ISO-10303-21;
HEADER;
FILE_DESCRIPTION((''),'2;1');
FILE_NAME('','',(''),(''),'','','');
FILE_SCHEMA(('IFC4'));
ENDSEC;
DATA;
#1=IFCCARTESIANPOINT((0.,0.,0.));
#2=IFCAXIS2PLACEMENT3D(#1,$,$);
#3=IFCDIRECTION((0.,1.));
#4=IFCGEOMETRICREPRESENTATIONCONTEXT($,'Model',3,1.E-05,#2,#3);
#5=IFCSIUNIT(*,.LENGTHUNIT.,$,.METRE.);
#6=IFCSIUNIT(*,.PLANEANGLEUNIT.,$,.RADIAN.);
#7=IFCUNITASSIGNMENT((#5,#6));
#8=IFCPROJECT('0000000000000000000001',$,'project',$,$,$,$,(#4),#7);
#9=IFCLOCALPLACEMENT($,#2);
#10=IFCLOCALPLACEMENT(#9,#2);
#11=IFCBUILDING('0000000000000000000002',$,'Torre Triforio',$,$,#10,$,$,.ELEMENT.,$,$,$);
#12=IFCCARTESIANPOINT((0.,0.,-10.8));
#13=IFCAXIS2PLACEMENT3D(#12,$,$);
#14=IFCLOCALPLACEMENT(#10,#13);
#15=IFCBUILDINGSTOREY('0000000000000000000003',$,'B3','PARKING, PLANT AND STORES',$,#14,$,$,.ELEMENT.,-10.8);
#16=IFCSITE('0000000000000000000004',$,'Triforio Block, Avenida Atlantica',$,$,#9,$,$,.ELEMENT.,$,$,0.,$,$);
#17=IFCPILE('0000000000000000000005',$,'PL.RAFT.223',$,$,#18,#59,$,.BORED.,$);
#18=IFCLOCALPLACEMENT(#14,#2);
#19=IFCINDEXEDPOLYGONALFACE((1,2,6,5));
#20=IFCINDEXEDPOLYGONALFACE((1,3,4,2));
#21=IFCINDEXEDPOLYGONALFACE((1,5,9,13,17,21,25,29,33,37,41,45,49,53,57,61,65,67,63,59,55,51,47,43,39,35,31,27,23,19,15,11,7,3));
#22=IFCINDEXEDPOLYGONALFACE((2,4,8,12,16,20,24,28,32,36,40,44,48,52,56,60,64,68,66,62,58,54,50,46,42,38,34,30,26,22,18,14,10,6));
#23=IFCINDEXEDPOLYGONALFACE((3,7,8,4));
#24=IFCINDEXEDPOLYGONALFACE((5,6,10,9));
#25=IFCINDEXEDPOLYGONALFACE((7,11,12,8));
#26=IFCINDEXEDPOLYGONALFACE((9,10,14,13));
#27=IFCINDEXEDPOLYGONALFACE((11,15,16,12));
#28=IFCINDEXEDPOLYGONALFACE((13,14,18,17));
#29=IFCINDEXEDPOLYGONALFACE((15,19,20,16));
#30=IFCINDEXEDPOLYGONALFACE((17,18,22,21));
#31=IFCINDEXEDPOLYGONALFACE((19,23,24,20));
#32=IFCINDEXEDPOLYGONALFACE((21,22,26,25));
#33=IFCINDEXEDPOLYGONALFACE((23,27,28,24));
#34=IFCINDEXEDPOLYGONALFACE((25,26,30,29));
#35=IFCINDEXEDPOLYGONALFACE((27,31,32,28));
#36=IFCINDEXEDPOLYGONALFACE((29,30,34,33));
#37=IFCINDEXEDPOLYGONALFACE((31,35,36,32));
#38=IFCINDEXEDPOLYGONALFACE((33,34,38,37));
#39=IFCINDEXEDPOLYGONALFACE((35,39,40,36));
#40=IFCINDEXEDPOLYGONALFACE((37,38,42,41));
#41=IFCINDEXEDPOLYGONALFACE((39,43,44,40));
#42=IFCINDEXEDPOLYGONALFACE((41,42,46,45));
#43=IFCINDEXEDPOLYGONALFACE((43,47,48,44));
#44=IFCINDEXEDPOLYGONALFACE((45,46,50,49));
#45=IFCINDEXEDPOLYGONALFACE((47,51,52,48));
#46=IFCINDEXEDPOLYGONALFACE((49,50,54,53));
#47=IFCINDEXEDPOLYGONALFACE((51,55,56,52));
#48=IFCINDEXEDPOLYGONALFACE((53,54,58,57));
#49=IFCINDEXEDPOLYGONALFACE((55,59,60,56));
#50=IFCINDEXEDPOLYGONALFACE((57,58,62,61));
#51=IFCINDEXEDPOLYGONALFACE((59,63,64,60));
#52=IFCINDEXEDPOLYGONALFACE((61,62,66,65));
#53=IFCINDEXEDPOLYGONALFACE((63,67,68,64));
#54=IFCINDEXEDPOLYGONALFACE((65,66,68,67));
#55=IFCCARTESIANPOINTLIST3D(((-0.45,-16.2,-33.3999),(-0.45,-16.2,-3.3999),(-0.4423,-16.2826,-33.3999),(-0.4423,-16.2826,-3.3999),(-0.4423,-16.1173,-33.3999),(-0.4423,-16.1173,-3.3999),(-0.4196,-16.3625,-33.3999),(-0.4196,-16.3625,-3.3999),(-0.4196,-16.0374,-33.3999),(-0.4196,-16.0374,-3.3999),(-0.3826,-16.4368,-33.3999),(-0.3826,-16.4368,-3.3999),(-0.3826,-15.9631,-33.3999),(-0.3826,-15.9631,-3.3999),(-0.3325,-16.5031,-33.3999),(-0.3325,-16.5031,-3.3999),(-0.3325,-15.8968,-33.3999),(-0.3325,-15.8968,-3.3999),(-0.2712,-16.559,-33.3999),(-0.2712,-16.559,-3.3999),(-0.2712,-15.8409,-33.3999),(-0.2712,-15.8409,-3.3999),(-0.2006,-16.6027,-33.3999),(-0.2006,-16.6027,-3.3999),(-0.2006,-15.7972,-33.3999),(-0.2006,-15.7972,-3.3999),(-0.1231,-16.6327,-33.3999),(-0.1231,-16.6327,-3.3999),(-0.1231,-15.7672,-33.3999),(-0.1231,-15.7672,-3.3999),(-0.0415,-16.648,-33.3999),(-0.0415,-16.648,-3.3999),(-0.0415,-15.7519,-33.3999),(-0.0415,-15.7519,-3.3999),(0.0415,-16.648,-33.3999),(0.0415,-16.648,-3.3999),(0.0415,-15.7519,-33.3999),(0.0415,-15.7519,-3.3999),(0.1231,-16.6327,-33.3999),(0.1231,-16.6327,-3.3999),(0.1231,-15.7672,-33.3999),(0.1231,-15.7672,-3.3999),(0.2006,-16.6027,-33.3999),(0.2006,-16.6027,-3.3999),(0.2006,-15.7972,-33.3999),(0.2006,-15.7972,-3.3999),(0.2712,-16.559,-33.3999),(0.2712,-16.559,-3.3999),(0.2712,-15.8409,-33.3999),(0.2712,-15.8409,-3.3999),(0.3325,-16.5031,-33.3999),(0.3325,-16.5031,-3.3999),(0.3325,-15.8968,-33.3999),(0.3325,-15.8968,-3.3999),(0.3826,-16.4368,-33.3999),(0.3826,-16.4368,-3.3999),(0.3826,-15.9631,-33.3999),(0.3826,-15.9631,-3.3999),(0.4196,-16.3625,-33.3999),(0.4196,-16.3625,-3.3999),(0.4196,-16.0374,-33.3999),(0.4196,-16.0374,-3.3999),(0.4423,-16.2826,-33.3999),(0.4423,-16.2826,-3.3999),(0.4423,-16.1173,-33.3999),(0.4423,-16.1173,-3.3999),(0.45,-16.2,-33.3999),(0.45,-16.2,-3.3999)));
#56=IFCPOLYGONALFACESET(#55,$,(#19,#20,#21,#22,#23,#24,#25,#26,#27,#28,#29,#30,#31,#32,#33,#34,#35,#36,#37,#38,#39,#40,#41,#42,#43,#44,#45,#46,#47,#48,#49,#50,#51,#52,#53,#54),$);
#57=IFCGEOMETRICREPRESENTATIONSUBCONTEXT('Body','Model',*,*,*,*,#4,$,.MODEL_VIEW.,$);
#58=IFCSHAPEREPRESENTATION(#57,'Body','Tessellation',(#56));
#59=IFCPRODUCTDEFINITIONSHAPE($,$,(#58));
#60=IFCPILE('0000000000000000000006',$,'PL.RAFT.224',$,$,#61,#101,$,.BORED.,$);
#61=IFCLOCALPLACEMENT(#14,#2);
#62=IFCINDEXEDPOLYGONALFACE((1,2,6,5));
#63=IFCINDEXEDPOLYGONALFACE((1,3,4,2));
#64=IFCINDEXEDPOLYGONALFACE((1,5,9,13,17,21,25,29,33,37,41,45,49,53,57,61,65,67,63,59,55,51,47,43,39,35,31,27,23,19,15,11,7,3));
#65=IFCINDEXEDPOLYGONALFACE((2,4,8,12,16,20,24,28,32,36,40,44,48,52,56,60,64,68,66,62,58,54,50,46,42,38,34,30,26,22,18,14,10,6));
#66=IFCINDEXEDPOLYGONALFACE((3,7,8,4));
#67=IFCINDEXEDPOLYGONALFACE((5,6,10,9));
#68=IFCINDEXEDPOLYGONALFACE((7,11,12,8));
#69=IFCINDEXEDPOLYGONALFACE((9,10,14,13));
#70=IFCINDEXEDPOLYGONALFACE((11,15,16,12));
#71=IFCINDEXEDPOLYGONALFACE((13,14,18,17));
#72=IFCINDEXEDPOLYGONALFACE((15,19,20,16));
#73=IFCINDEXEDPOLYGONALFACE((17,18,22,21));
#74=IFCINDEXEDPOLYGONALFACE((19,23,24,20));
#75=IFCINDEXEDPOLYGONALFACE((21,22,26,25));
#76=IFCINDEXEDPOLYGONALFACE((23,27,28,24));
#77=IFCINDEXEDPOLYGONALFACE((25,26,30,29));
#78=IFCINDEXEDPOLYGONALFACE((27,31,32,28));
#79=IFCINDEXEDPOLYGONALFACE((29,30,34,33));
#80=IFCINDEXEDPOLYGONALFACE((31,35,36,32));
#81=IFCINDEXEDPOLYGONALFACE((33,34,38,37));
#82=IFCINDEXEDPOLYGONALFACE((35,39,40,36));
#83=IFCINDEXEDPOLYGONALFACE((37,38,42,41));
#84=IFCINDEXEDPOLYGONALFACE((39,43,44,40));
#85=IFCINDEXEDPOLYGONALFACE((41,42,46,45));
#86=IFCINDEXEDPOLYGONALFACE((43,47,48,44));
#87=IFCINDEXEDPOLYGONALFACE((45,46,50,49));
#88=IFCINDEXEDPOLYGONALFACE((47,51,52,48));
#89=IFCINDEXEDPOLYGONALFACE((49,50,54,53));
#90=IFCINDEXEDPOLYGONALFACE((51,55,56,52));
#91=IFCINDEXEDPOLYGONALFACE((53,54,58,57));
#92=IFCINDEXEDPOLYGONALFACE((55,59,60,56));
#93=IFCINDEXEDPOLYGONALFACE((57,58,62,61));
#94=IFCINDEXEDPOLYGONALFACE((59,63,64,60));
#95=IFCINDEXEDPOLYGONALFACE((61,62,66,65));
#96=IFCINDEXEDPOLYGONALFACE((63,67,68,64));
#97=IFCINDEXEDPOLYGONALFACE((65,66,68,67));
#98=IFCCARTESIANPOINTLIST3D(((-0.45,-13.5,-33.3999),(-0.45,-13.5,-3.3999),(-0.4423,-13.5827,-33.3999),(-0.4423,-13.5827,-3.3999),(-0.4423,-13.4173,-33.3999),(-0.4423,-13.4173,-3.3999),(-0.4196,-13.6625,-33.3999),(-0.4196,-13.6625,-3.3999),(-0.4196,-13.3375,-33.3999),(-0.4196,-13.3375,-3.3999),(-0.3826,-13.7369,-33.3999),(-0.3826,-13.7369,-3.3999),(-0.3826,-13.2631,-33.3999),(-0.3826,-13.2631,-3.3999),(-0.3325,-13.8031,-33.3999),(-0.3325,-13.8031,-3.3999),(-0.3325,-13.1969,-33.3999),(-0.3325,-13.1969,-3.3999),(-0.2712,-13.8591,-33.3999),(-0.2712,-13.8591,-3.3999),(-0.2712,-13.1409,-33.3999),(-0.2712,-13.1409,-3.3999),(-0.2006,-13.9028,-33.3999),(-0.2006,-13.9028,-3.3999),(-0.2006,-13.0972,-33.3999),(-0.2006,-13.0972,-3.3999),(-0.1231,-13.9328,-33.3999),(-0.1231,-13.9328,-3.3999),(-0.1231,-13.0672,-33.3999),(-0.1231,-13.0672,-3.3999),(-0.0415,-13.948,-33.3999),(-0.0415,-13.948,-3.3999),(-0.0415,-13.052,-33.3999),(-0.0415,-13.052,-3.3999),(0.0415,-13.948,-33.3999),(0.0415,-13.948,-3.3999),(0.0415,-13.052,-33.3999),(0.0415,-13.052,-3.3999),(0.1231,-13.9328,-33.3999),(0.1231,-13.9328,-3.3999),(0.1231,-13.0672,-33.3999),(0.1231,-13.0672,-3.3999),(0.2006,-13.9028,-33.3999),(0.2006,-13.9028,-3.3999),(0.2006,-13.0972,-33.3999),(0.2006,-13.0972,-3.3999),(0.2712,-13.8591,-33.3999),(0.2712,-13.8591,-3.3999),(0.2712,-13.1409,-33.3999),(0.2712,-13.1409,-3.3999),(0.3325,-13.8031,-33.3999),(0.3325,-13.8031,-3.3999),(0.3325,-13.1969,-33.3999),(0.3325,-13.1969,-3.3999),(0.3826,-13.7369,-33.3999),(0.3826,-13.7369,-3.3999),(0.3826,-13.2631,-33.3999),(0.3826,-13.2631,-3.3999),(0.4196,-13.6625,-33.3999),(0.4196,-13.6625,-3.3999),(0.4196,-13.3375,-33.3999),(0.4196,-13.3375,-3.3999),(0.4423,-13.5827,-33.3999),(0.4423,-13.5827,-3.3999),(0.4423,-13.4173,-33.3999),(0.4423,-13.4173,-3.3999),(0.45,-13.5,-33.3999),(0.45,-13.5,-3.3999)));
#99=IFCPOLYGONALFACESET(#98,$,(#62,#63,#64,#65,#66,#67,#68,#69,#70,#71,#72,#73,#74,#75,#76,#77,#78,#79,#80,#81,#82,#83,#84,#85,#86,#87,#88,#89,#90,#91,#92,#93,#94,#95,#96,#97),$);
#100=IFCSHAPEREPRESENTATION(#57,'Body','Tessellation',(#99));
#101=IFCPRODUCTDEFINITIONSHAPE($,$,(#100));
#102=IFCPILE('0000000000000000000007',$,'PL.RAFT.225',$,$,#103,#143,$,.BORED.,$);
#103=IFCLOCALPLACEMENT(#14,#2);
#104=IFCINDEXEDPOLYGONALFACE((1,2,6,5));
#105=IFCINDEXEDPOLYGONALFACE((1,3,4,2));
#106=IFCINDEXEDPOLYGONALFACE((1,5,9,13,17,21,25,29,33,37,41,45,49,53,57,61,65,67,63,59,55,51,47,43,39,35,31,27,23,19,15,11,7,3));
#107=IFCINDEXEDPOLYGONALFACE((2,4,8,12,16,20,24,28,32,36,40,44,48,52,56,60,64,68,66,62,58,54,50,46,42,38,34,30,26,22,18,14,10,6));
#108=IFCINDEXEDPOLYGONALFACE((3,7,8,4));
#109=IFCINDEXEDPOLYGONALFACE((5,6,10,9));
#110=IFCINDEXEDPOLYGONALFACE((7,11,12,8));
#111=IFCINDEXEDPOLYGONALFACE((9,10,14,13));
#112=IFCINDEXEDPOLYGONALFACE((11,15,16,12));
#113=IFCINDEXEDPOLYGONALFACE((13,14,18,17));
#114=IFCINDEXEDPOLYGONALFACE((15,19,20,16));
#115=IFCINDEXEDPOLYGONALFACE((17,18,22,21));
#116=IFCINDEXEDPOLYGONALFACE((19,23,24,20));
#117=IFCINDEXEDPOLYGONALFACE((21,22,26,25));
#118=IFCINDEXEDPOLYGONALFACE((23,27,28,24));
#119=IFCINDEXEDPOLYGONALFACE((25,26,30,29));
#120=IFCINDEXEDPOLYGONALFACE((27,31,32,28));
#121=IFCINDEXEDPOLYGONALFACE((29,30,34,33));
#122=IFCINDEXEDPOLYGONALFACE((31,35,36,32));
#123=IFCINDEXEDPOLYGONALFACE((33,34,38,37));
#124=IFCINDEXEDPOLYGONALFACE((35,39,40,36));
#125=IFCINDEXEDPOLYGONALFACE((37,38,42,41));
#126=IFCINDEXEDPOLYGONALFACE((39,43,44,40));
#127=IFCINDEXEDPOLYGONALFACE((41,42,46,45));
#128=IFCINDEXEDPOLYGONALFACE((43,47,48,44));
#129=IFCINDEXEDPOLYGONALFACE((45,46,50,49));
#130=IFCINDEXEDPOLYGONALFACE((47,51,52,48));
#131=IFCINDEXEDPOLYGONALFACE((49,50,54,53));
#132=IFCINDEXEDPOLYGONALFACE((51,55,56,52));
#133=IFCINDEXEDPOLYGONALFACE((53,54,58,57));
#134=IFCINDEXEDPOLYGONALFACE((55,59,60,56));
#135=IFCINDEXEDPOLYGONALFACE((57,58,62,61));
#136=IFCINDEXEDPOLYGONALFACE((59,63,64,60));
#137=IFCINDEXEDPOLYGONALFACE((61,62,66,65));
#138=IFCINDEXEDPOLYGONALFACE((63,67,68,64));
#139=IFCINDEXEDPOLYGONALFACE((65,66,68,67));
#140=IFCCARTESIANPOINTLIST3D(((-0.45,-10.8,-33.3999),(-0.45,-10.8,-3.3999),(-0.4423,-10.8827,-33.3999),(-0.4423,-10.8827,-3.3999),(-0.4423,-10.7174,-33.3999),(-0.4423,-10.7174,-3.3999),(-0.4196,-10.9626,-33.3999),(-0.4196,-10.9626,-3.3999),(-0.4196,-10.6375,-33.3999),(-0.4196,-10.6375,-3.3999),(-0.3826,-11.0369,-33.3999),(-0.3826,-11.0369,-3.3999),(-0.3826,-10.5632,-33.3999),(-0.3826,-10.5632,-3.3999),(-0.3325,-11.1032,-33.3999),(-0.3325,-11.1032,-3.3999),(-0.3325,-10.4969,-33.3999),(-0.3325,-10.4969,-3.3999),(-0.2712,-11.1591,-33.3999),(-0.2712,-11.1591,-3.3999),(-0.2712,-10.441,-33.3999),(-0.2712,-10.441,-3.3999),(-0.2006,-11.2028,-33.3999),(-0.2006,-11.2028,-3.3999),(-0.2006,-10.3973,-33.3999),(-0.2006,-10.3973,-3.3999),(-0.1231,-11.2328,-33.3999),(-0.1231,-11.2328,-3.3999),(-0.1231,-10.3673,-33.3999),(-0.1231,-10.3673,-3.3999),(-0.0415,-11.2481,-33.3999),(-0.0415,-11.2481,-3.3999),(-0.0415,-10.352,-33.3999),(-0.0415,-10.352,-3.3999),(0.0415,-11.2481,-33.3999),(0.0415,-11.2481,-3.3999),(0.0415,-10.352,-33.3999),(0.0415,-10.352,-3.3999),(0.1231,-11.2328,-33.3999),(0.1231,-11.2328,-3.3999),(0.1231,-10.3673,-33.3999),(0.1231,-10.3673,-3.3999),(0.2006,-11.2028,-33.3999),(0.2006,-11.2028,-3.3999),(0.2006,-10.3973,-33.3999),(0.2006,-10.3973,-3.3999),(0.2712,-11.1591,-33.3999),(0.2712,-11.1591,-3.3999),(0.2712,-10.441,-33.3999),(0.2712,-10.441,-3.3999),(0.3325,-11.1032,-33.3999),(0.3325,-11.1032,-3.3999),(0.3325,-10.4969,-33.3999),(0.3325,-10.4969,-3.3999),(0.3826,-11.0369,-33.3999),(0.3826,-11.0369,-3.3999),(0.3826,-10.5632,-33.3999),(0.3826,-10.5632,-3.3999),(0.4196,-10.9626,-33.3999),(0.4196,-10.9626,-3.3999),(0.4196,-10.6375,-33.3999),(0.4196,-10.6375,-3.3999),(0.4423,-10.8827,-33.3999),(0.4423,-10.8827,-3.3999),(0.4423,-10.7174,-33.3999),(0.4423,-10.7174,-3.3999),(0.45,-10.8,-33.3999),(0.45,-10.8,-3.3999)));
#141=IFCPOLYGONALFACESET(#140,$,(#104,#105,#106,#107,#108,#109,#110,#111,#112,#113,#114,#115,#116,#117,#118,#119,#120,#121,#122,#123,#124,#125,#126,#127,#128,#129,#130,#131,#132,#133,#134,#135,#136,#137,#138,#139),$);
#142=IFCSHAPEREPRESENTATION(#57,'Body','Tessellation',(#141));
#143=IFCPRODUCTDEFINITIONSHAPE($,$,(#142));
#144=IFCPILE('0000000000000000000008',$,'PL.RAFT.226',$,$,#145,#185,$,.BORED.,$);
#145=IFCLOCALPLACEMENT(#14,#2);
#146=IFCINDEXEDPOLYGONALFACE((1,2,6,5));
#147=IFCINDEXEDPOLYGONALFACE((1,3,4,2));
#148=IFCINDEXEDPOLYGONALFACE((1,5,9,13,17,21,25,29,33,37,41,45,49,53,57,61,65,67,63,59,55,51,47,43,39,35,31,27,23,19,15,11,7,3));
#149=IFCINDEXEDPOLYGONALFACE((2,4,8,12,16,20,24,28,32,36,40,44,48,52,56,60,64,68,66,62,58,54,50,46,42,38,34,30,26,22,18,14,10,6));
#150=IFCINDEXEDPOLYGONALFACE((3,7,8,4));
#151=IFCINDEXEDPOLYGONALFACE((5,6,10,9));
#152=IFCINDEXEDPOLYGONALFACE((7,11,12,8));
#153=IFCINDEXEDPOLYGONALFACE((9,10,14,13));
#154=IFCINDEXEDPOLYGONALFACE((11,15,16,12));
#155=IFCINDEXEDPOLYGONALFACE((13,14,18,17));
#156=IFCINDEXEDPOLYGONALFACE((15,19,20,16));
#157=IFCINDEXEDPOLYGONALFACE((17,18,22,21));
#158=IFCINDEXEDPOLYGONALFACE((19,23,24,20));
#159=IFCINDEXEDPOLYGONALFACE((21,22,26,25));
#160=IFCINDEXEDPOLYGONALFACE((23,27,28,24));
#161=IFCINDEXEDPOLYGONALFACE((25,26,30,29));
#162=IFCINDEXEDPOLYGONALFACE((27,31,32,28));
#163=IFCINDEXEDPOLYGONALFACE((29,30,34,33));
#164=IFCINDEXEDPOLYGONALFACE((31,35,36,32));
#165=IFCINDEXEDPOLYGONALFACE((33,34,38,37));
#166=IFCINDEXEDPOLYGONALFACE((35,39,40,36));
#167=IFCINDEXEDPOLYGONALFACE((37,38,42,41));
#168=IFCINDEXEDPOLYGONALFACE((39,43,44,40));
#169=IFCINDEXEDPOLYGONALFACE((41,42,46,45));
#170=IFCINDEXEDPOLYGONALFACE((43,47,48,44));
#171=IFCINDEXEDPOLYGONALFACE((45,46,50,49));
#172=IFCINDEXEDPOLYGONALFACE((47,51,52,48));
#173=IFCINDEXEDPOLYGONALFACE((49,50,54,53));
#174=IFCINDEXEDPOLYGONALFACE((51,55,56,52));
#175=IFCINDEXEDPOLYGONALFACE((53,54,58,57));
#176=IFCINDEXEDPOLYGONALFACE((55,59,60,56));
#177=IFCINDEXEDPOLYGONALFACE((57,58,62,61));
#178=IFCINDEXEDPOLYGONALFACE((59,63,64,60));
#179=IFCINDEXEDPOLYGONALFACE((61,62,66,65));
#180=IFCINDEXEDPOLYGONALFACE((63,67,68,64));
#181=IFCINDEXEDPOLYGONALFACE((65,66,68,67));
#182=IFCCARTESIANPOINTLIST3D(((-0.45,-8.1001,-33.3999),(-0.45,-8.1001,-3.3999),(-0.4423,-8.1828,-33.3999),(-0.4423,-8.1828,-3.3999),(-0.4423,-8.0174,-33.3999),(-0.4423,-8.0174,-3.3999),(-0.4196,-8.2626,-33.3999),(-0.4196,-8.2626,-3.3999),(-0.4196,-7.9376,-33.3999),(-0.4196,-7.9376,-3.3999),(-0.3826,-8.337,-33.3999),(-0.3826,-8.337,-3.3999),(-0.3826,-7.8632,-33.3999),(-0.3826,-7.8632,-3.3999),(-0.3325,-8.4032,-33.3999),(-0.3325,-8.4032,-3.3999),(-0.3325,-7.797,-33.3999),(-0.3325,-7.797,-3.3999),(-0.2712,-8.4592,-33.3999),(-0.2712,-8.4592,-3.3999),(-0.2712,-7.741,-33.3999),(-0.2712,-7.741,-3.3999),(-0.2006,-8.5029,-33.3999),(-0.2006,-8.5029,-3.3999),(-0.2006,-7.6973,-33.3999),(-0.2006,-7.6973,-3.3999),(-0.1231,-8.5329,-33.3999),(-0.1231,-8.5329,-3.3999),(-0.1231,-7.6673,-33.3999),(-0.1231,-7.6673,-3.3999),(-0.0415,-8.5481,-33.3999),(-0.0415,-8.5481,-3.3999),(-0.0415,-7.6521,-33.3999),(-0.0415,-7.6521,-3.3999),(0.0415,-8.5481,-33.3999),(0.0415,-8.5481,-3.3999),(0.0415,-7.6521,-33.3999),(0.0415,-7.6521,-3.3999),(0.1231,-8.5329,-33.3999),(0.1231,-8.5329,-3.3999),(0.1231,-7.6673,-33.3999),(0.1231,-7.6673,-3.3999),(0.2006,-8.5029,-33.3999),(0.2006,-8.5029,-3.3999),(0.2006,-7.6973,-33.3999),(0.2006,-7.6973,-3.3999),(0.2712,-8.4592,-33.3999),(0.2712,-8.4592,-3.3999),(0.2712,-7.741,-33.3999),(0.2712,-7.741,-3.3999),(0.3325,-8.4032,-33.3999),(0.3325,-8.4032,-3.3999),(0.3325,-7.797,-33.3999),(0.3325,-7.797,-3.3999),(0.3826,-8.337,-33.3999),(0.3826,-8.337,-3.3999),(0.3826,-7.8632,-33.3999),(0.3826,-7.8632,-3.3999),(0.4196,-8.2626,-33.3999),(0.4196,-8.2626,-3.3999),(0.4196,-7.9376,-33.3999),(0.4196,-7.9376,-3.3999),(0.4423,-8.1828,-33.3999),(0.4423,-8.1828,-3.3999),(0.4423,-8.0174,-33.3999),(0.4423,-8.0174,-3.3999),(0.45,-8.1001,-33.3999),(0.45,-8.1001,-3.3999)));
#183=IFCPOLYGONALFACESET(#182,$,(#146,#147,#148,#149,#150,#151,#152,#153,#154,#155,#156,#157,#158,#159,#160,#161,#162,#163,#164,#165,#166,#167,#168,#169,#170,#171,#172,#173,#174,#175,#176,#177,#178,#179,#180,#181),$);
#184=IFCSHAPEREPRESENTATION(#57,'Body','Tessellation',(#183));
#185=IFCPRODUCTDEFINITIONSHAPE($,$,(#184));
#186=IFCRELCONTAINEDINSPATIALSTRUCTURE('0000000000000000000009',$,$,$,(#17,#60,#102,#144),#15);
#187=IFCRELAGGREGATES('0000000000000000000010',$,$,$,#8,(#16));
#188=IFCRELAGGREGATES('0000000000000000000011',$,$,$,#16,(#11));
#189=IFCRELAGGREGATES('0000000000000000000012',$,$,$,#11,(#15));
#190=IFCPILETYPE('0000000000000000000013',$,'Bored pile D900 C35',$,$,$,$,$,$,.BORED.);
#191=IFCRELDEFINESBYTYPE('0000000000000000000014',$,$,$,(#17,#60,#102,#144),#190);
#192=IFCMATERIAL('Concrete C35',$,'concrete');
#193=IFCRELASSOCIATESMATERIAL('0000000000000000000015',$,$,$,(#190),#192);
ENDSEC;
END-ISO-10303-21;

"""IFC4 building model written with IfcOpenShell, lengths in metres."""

from ifc_helpers import new_model, si_unit, direction, frame, origin, origin_2d, place, context, subcontext, project, spatial, circle, extrude, material, material_profile, profile_set, type_object, element, save


model = new_model("IFC4")

# Units and contexts
model_context = context("Model", 3, precision=1e-05, world=origin(), true_north=direction((0.0, 1.0)))
body_context = subcontext(model_context, "Body", "Model", "MODEL_VIEW")
ifc_project = project(units=[si_unit("LENGTHUNIT", "METRE"), si_unit("PLANEANGLEUNIT", "RADIAN")], contexts=[model_context])

# Site, building, storey
site_placement = place(None, origin())
site = spatial("IfcSite", under=ifc_project, at=site_placement, Name="Triforio Block, Avenida Atlantica", CompositionType="ELEMENT", RefElevation=0.0)
building_placement = place(site_placement, origin())
building = spatial("IfcBuilding", under=site, at=building_placement, Name="Torre Triforio", CompositionType="ELEMENT")
storey_placement = place(building_placement, frame((0.0, 0.0, -10.8)))
storey = spatial("IfcBuildingStorey", under=building, at=storey_placement, Name="B3", Description="PARKING, PLANT AND STORES", CompositionType="ELEMENT", Elevation=-10.8)

# Piles
ifc_material_1 = material(Name="Concrete C35", Category="concrete")
ifc_material_profile_1 = material_profile(ifc_material_1, circle(Radius=0.45, at=origin_2d()), Name="RC D900")
ifc_profile_set_1 = profile_set([ifc_material_profile_1], Name="Concrete C35")
pile_type = type_object("IfcPileType", Name="Bored pile D900 C35", PredefinedType="BORED", material=ifc_profile_set_1)
for number, where, z_axis, x_axis, name in (
    (1, (0.0, -16.2, -3.3999), (0.0, 0.0, -1.0), (1.0, 0.0, 0.0), "PL.RAFT.223"),
    (2, (0.0, -13.5, -3.3999), (0.0, 0.0, -1.0), (1.0, 0.0, 0.0), "PL.RAFT.224"),
    (3, (0.0, -10.8, -3.3999), (0.0, 0.0, -1.0), (1.0, 0.0, 0.0), "PL.RAFT.225"),
    (4, (0.0, -8.1001, -3.3999), (0.0, 0.0, -1.0), (1.0, 0.0, 0.0), "PL.RAFT.226"),
):
    element("IfcPile", number, at=place(storey_placement, frame(where, z_axis=z_axis, x_axis=x_axis)), inside=storey, type_object=pile_type, Name=name, PredefinedType="BORED", context=body_context, shape_type="SweptSolid", body=[
        extrude(circle(Radius=0.45, at=origin_2d()), origin(), (0.0, 0.0, 1.0), 30.0),
    ])

save(model, "model.ifc")
